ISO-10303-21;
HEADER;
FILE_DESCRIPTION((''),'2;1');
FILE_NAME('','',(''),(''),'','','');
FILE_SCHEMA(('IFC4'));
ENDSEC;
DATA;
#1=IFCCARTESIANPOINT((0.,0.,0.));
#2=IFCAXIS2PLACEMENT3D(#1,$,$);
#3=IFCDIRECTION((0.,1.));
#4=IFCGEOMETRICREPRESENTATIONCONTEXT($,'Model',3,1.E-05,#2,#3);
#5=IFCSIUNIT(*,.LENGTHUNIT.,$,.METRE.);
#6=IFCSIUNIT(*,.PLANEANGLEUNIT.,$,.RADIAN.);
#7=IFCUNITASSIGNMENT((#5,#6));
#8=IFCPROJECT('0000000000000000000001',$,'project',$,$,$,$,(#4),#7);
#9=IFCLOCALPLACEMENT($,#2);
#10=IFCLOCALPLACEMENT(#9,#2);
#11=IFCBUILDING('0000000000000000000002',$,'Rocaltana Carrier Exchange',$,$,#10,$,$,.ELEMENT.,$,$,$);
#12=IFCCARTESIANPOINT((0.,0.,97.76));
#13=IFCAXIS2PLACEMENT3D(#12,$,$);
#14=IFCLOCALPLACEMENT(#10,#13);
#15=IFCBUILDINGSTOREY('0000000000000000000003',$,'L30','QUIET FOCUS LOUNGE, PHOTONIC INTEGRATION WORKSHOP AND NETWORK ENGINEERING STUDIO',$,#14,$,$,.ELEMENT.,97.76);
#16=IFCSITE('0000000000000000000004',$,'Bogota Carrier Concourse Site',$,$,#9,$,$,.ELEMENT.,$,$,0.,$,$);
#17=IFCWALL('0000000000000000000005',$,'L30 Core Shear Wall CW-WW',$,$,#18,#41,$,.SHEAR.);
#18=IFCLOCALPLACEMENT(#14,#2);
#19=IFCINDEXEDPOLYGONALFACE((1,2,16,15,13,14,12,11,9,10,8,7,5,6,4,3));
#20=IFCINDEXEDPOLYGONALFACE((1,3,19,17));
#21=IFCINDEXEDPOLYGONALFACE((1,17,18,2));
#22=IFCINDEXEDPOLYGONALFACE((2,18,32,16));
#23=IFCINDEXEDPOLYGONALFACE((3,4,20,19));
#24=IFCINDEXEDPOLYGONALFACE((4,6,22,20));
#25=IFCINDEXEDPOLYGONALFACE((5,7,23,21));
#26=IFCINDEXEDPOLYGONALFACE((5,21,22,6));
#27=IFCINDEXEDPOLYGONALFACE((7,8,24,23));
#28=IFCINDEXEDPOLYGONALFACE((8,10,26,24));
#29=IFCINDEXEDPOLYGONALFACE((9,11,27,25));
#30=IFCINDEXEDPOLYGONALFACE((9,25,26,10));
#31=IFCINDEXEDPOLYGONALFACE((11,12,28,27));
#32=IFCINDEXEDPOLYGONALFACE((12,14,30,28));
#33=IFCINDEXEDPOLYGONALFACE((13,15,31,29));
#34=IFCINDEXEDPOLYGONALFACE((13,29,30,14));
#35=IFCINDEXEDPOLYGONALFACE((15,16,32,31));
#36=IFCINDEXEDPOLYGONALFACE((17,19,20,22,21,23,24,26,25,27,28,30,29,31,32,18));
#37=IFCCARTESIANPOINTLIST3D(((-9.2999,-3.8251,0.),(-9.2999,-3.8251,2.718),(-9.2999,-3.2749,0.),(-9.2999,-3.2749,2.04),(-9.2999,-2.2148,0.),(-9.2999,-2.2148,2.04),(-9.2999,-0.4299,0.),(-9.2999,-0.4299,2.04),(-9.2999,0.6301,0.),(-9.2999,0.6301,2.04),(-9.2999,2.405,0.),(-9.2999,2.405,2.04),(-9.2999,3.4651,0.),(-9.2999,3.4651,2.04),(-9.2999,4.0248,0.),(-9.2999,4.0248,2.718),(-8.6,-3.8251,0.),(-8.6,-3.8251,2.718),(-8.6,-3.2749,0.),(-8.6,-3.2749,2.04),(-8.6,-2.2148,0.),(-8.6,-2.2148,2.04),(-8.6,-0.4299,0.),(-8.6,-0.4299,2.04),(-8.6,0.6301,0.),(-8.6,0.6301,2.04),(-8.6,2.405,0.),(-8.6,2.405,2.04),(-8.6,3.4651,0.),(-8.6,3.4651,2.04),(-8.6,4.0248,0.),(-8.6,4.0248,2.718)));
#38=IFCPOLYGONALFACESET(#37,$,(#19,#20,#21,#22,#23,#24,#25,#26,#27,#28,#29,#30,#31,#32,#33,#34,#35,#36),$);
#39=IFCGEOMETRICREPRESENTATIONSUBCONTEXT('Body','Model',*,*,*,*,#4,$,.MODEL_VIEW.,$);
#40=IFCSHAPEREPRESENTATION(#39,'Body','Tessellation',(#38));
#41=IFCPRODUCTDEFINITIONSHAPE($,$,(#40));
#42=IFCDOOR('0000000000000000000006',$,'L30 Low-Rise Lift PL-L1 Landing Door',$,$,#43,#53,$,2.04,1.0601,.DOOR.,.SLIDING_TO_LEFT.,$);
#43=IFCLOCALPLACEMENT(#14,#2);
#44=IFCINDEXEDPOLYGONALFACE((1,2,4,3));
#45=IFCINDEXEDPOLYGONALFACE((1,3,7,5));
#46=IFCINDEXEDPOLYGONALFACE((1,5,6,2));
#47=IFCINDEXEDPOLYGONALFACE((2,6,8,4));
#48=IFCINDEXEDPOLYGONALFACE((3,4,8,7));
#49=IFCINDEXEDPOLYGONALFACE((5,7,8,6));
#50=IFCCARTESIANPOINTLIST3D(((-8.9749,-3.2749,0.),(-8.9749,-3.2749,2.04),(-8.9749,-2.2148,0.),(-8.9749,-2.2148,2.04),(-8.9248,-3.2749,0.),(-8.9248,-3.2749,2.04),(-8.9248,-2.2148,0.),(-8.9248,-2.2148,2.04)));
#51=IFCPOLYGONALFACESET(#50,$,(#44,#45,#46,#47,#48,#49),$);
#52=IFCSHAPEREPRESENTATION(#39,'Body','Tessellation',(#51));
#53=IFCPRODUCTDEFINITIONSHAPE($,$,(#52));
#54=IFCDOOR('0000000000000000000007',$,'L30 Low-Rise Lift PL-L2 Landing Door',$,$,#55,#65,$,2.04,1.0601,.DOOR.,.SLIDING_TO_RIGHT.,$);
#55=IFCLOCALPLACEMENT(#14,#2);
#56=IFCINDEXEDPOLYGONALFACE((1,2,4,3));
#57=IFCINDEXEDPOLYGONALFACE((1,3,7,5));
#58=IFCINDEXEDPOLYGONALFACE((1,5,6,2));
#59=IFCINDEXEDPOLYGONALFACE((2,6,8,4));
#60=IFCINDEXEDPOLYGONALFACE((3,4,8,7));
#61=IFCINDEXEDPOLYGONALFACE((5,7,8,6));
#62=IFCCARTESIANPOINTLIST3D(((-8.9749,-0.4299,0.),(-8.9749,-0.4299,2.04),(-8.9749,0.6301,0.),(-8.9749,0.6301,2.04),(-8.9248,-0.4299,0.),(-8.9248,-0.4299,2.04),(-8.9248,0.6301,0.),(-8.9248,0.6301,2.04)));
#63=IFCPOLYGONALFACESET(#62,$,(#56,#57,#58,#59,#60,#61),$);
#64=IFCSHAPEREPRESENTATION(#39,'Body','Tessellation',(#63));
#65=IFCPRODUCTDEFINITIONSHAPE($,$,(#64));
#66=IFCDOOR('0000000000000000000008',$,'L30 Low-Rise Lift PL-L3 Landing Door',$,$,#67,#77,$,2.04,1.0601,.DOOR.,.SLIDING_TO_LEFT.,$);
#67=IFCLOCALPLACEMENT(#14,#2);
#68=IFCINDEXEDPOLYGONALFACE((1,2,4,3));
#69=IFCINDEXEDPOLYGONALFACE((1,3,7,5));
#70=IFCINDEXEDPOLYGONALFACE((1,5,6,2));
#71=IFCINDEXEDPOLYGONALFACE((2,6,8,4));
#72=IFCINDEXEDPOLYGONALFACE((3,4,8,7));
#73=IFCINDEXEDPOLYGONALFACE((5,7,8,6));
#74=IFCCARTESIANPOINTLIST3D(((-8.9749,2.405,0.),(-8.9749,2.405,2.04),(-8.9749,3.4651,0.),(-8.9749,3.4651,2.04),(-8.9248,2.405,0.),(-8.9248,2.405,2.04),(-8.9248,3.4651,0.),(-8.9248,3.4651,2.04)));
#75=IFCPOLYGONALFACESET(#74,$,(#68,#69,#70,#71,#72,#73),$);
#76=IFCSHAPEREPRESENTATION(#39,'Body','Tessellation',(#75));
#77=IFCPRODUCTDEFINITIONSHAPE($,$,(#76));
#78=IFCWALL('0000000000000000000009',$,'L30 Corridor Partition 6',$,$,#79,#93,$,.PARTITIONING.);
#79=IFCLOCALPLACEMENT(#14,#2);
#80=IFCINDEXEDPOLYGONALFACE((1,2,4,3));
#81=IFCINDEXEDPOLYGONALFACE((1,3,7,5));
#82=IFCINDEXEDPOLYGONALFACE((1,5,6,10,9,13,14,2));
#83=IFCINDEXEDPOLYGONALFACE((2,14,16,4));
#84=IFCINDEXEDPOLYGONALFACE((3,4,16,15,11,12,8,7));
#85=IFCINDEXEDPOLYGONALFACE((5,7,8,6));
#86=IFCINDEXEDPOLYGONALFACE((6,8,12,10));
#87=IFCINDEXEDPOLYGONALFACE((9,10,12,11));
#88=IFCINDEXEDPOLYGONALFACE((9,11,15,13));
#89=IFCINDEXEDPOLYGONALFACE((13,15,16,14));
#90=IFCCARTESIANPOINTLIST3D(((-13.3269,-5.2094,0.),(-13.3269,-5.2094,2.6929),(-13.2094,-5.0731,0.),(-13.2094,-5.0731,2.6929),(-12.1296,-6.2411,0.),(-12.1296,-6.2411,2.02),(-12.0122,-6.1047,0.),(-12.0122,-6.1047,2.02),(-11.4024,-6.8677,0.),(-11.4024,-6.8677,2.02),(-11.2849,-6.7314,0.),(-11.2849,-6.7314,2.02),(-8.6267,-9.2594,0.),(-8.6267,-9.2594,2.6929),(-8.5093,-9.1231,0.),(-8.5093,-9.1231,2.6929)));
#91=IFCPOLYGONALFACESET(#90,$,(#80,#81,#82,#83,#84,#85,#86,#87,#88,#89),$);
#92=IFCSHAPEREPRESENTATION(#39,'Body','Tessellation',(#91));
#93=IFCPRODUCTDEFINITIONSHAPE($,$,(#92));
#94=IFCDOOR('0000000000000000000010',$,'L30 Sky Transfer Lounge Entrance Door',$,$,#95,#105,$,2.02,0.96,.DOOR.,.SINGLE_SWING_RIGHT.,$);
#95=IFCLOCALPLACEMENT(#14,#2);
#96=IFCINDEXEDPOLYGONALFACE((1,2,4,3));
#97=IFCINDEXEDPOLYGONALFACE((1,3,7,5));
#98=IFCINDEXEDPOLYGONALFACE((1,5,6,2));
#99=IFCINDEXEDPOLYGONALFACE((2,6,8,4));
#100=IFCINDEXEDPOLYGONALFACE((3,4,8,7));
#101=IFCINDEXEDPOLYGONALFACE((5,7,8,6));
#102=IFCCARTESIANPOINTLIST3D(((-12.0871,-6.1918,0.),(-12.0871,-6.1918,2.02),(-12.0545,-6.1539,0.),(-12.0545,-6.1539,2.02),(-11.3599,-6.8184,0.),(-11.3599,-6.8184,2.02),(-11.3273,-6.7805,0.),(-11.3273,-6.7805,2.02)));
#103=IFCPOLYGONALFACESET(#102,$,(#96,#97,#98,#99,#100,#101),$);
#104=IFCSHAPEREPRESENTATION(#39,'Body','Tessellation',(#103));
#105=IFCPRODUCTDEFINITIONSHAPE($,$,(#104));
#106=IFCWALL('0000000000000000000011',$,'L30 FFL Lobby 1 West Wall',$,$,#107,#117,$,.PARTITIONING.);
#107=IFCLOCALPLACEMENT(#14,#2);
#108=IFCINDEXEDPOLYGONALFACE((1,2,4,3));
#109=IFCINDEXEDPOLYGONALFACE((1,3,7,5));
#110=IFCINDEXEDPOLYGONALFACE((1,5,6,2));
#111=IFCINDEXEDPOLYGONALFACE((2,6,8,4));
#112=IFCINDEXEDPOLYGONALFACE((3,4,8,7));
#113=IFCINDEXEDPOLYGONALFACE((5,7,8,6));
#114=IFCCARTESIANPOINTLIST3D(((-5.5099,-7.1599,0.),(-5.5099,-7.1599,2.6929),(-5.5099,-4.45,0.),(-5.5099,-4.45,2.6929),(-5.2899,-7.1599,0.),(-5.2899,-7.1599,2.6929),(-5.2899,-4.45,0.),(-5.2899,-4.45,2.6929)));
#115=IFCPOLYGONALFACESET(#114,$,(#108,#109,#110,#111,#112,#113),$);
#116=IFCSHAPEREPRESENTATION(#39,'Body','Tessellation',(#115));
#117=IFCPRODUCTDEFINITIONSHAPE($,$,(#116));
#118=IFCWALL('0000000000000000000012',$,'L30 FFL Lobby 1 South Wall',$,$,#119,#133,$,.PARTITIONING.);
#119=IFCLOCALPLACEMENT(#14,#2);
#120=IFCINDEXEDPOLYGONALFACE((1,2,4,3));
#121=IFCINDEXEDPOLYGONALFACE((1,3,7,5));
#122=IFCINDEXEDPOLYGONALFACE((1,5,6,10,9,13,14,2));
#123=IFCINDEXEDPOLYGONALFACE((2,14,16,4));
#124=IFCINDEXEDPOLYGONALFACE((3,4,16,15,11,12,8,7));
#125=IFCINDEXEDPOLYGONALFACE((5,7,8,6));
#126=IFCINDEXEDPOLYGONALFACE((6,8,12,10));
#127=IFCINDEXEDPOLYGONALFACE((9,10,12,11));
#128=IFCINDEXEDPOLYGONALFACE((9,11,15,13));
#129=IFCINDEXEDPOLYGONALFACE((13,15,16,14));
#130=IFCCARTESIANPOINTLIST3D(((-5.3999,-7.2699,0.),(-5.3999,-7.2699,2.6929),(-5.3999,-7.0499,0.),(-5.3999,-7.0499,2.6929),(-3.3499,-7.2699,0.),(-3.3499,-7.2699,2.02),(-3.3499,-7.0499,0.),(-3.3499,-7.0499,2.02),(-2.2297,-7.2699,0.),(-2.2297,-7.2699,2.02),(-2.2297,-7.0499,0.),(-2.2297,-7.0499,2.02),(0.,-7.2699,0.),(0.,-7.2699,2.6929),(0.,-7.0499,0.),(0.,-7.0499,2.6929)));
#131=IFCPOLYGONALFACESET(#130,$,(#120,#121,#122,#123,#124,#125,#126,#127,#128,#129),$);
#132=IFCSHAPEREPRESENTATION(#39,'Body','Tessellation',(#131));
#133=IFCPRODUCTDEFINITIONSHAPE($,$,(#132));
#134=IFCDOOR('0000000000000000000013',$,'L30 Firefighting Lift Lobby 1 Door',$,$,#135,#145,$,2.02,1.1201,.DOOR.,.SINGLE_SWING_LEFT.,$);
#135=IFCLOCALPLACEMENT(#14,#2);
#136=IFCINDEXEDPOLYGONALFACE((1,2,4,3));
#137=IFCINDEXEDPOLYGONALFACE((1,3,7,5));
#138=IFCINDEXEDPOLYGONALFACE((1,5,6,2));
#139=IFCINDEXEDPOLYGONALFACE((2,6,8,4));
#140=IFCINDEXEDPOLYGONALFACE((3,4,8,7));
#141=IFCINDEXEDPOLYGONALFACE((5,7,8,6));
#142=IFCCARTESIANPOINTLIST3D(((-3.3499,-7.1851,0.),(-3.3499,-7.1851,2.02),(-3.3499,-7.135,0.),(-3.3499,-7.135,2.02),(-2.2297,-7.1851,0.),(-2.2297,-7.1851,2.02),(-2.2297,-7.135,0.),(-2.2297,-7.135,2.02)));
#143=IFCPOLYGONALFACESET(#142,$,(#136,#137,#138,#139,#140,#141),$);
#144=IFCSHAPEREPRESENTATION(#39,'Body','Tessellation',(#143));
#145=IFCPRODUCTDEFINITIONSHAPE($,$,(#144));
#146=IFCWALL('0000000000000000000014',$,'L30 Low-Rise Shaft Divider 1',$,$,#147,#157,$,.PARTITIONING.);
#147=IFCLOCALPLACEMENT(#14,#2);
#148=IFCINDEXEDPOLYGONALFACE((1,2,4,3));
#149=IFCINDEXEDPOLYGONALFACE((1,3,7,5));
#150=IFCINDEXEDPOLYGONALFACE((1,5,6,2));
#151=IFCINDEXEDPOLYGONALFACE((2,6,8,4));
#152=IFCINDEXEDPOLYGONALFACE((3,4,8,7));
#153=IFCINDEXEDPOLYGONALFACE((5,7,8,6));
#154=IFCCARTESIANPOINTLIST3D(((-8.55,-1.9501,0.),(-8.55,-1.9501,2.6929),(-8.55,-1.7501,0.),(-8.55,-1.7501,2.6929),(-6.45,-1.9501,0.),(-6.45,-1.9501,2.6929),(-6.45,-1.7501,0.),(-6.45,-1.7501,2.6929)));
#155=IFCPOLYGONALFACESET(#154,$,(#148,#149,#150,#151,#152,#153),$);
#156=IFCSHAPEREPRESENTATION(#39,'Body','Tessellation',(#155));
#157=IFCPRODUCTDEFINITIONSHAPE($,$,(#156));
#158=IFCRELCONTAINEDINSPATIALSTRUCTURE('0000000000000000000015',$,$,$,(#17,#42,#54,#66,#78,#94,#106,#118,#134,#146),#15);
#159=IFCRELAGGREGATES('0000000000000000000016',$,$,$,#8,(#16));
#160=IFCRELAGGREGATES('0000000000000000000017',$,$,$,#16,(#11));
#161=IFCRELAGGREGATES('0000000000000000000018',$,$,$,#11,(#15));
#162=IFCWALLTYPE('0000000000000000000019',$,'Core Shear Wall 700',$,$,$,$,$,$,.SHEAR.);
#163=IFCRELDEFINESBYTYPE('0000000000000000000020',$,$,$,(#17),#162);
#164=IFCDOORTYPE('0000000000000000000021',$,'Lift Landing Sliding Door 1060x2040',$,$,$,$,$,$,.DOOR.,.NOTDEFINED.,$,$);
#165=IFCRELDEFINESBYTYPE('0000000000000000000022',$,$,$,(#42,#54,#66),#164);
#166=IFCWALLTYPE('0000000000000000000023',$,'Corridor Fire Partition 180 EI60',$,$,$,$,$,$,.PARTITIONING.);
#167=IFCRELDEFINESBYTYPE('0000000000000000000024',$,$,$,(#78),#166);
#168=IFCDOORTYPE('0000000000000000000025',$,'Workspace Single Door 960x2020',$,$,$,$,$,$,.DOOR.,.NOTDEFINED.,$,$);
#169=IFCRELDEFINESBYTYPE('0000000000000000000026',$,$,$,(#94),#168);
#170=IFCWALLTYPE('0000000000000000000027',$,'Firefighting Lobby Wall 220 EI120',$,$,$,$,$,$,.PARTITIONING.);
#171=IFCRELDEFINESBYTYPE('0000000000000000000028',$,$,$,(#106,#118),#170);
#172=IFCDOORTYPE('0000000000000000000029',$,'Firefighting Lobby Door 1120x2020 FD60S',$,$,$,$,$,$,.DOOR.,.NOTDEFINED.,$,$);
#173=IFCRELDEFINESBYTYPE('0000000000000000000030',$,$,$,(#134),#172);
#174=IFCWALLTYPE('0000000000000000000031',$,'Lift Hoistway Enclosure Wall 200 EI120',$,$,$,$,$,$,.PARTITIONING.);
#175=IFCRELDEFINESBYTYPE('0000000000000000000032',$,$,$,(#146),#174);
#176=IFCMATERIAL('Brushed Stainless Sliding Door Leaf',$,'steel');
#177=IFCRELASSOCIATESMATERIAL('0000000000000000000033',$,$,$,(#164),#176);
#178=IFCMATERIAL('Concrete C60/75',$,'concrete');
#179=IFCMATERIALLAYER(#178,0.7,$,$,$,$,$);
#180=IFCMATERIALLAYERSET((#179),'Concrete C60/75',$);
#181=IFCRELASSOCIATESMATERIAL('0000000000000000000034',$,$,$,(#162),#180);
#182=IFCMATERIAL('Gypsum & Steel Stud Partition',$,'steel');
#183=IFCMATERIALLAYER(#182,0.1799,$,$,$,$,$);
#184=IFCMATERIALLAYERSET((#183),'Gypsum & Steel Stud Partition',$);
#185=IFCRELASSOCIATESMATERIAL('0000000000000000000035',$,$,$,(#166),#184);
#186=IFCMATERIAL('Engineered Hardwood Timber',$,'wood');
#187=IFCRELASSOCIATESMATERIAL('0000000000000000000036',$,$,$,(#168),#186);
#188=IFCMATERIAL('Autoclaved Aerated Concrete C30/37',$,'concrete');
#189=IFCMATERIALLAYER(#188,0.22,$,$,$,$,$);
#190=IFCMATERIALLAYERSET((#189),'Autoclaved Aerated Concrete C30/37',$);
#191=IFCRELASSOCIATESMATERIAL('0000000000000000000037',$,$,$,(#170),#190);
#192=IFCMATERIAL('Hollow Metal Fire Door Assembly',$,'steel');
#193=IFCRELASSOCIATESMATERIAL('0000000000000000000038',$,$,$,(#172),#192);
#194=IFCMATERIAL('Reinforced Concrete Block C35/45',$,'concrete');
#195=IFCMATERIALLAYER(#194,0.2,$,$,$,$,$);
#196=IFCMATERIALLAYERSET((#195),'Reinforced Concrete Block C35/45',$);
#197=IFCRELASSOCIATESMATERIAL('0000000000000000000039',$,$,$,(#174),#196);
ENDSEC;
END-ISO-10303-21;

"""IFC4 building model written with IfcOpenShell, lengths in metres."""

from ifc_helpers import new_model, si_unit, direction, frame, frame_2d, origin, place, context, subcontext, project, spatial, rectangle, extrude, material, layer, layer_set, type_object, element, fill, save


model = new_model("IFC4")

# Units and contexts
model_context = context("Model", 3, precision=1e-05, world=origin(), true_north=direction((0.0, 1.0)))
body_context = subcontext(model_context, "Body", "Model", "MODEL_VIEW")
ifc_project = project(units=[si_unit("LENGTHUNIT", "METRE"), si_unit("PLANEANGLEUNIT", "RADIAN")], contexts=[model_context])

# Site, building, storey
site_placement = place(None, origin())
site = spatial("IfcSite", under=ifc_project, at=site_placement, Name="Bogota Carrier Concourse Site", CompositionType="ELEMENT", RefElevation=0.0)
building_placement = place(site_placement, origin())
building = spatial("IfcBuilding", under=site, at=building_placement, Name="Rocaltana Carrier Exchange", CompositionType="ELEMENT")
storey_placement = place(building_placement, frame((0.0, 0.0, 97.76)))
storey = spatial("IfcBuildingStorey", under=building, at=storey_placement, Name="L30", Description="QUIET FOCUS LOUNGE, PHOTONIC INTEGRATION WORKSHOP AND NETWORK ENGINEERING STUDIO", CompositionType="ELEMENT", Elevation=97.76)

# Shared definitions
ifc_material_1 = material(Name="Brushed Stainless Sliding Door Leaf", Category="steel")
door_type_1 = type_object("IfcDoorType", Name="Lift Landing Sliding Door 1060x2040", OperationType="NOTDEFINED", PredefinedType="DOOR", material=ifc_material_1)

# Shared definitions
ifc_material_2 = material(Name="Concrete C60/75", Category="concrete")
ifc_layer_1 = layer(ifc_material_2, 0.7)
ifc_layer_set_1 = layer_set([ifc_layer_1], Name="Concrete C60/75")
wall_type_1 = type_object("IfcWallType", Name="Core Shear Wall 700", PredefinedType="SHEAR", material=ifc_layer_set_1)

# Wall, openings, doors
wall_1_placement = place(storey_placement, frame((-8.95, -3.825, 0.0), z_axis=(0.0, 0.0, 1.0), x_axis=(0.0, 1.0, 0.0)))
wall_1 = element("IfcWall", 1, at=wall_1_placement, inside=storey, type_object=wall_type_1, Name="L30 Core Shear Wall CW-WW", PredefinedType="SHEAR", context=body_context, shape_type="SweptSolid", body=[
    extrude(rectangle(XDim=7.8499, YDim=0.7, at=frame_2d((3.9248, 0.0))), origin(), (0.0, 0.0, 1.0), 2.718),
])
opening_1_placement = place(wall_1_placement, frame((0.55, 0.0, 0.0)))
opening_1 = element("IfcOpeningElement", 2, at=opening_1_placement, cuts=wall_1, PredefinedType="OPENING", context=body_context, shape_type="SweptSolid", body=[
    extrude(rectangle(XDim=1.0601, YDim=2.04, at=frame_2d((0.53, 1.02))), frame((0.0, 0.3599, 0.0), z_axis=(0.0, -1.0, 0.0), x_axis=(1.0, 0.0, 0.0)), (0.0, 0.0, 1.0), 0.72),
])
opening_2_placement = place(wall_1_placement, frame((3.395, 0.0, 0.0)))
opening_2 = element("IfcOpeningElement", 3, at=opening_2_placement, cuts=wall_1, PredefinedType="OPENING", context=body_context, shape_type="SweptSolid", body=[
    extrude(rectangle(XDim=1.0601, YDim=2.04, at=frame_2d((0.53, 1.02))), frame((0.0, 0.3599, 0.0), z_axis=(0.0, -1.0, 0.0), x_axis=(1.0, 0.0, 0.0)), (0.0, 0.0, 1.0), 0.72),
])
opening_3_placement = place(wall_1_placement, frame((6.23, 0.0, 0.0)))
opening_3 = element("IfcOpeningElement", 4, at=opening_3_placement, cuts=wall_1, PredefinedType="OPENING", context=body_context, shape_type="SweptSolid", body=[
    extrude(rectangle(XDim=1.0601, YDim=2.04, at=frame_2d((0.53, 1.02))), frame((0.0, 0.3599, 0.0), z_axis=(0.0, -1.0, 0.0), x_axis=(1.0, 0.0, 0.0)), (0.0, 0.0, 1.0), 0.72),
])
door_1_placement = place(opening_1_placement, origin())
door_1 = element("IfcDoor", 5, at=door_1_placement, inside=storey, type_object=door_type_1, Name="L30 Low-Rise Lift PL-L1 Landing Door", OperationType="SLIDING_TO_LEFT", OverallHeight=2.04, OverallWidth=1.0601, PredefinedType="DOOR", context=body_context, shape_type="SweptSolid", body=[
    extrude(rectangle(XDim=1.0601, YDim=2.04, at=frame_2d((0.53, 1.02))), frame((0.0, 0.0249, 0.0), z_axis=(0.0, -1.0, 0.0), x_axis=(1.0, 0.0, 0.0)), (0.0, 0.0, 1.0), 0.05),
])
fill(opening_1, door_1)
door_2_placement = place(opening_2_placement, origin())
door_2 = element("IfcDoor", 6, at=door_2_placement, inside=storey, type_object=door_type_1, Name="L30 Low-Rise Lift PL-L2 Landing Door", OperationType="SLIDING_TO_RIGHT", OverallHeight=2.04, OverallWidth=1.0601, PredefinedType="DOOR", context=body_context, shape_type="SweptSolid", body=[
    extrude(rectangle(XDim=1.0601, YDim=2.04, at=frame_2d((0.53, 1.02))), frame((0.0, 0.0249, 0.0), z_axis=(0.0, -1.0, 0.0), x_axis=(1.0, 0.0, 0.0)), (0.0, 0.0, 1.0), 0.05),
])
fill(opening_2, door_2)
door_3_placement = place(opening_3_placement, origin())
door_3 = element("IfcDoor", 7, at=door_3_placement, inside=storey, type_object=door_type_1, Name="L30 Low-Rise Lift PL-L3 Landing Door", OperationType="SLIDING_TO_LEFT", OverallHeight=2.04, OverallWidth=1.0601, PredefinedType="DOOR", context=body_context, shape_type="SweptSolid", body=[
    extrude(rectangle(XDim=1.0601, YDim=2.04, at=frame_2d((0.53, 1.02))), frame((0.0, 0.0249, 0.0), z_axis=(0.0, -1.0, 0.0), x_axis=(1.0, 0.0, 0.0)), (0.0, 0.0, 1.0), 0.05),
])
fill(opening_3, door_3)

# Wall, opening, door
ifc_material_3 = material(Name="Gypsum & Steel Stud Partition", Category="steel")
ifc_layer_2 = layer(ifc_material_3, 0.1799)
ifc_layer_set_2 = layer_set([ifc_layer_2], Name="Gypsum & Steel Stud Partition")
wall_type_2 = type_object("IfcWallType", Name="Corridor Fire Partition 180 EI60", PredefinedType="PARTITIONING", material=ifc_layer_set_2)
wall_2_placement = place(storey_placement, frame((-8.5681, -9.1912, 0.0), z_axis=(0.0, 0.0, 1.0), x_axis=(-0.757557, 0.652769, 0.0)))
wall_2 = element("IfcWall", 8, at=wall_2_placement, inside=storey, type_object=wall_type_2, Name="L30 Corridor Partition 6", PredefinedType="PARTITIONING", context=body_context, shape_type="SweptSolid", body=[
    extrude(rectangle(XDim=6.2043, YDim=0.1799, at=frame_2d((3.1021, 0.0))), origin(), (0.0, 0.0, 1.0), 2.6929),
])
opening_4_placement = place(wall_2_placement, frame((3.6638, 0.0, 0.0)))
opening_4 = element("IfcOpeningElement", 9, at=opening_4_placement, cuts=wall_2, PredefinedType="OPENING", context=body_context, shape_type="SweptSolid", body=[
    extrude(rectangle(XDim=0.96, YDim=2.02, at=frame_2d((0.48, 1.01))), frame((0.0, 0.0999, 0.0), z_axis=(0.0, -1.0, 0.0), x_axis=(1.0, 0.0, 0.0)), (0.0, 0.0, 1.0), 0.2),
])
ifc_material_4 = material(Name="Engineered Hardwood Timber", Category="wood")
door_type_2 = type_object("IfcDoorType", Name="Workspace Single Door 960x2020", OperationType="NOTDEFINED", PredefinedType="DOOR", material=ifc_material_4)
door_4_placement = place(opening_4_placement, origin())
door_4 = element("IfcDoor", 10, at=door_4_placement, inside=storey, type_object=door_type_2, Name="L30 Sky Transfer Lounge Entrance Door", OperationType="SINGLE_SWING_RIGHT", OverallHeight=2.02, OverallWidth=0.96, PredefinedType="DOOR", context=body_context, shape_type="SweptSolid", body=[
    extrude(rectangle(XDim=0.96, YDim=2.02, at=frame_2d((0.48, 1.01))), frame((0.0, 0.0249, 0.0), z_axis=(0.0, -1.0, 0.0), x_axis=(1.0, 0.0, 0.0)), (0.0, 0.0, 1.0), 0.05),
])
fill(opening_4, door_4)

# Wall
ifc_material_5 = material(Name="Autoclaved Aerated Concrete C30/37", Category="concrete")
ifc_layer_3 = layer(ifc_material_5, 0.22)
ifc_layer_set_3 = layer_set([ifc_layer_3], Name="Autoclaved Aerated Concrete C30/37")
wall_type_3 = type_object("IfcWallType", Name="Firefighting Lobby Wall 220 EI120", PredefinedType="PARTITIONING", material=ifc_layer_set_3)
wall_3_placement = place(storey_placement, frame((-5.3999, -7.1599, 0.0), z_axis=(0.0, 0.0, 1.0), x_axis=(0.0, 1.0, 0.0)))
element("IfcWall", 11, at=wall_3_placement, inside=storey, type_object=wall_type_3, Name="L30 FFL Lobby 1 West Wall", PredefinedType="PARTITIONING", context=body_context, shape_type="SweptSolid", body=[
    extrude(rectangle(XDim=2.71, YDim=0.22, at=frame_2d((1.355, 0.0))), origin(), (0.0, 0.0, 1.0), 2.6929),
])

# Wall, opening, door
wall_4_placement = place(storey_placement, frame((-5.3999, -7.1599, 0.0), z_axis=(0.0, 0.0, 1.0), x_axis=(1.0, 0.0, 0.0)))
wall_4 = element("IfcWall", 12, at=wall_4_placement, inside=storey, type_object=wall_type_3, Name="L30 FFL Lobby 1 South Wall", PredefinedType="PARTITIONING", context=body_context, shape_type="SweptSolid", body=[
    extrude(rectangle(XDim=5.3999, YDim=0.22, at=frame_2d((2.7, 0.0))), origin(), (0.0, 0.0, 1.0), 2.6929),
])
opening_5_placement = place(wall_4_placement, frame((2.05, 0.0, 0.0)))
opening_5 = element("IfcOpeningElement", 13, at=opening_5_placement, cuts=wall_4, PredefinedType="OPENING", context=body_context, shape_type="SweptSolid", body=[
    extrude(rectangle(XDim=1.1201, YDim=2.02, at=frame_2d((0.5601, 1.01))), frame((0.0, 0.1199, 0.0), z_axis=(0.0, -1.0, 0.0), x_axis=(1.0, 0.0, 0.0)), (0.0, 0.0, 1.0), 0.24),
])
ifc_material_6 = material(Name="Hollow Metal Fire Door Assembly", Category="steel")
door_type_3 = type_object("IfcDoorType", Name="Firefighting Lobby Door 1120x2020 FD60S", OperationType="NOTDEFINED", PredefinedType="DOOR", material=ifc_material_6)
door_5_placement = place(opening_5_placement, origin())
door_5 = element("IfcDoor", 14, at=door_5_placement, inside=storey, type_object=door_type_3, Name="L30 Firefighting Lift Lobby 1 Door", OperationType="SINGLE_SWING_LEFT", OverallHeight=2.02, OverallWidth=1.1201, PredefinedType="DOOR", context=body_context, shape_type="SweptSolid", body=[
    extrude(rectangle(XDim=1.1201, YDim=2.02, at=frame_2d((0.5601, 1.01))), frame((0.0, 0.0249, 0.0), z_axis=(0.0, -1.0, 0.0), x_axis=(1.0, 0.0, 0.0)), (0.0, 0.0, 1.0), 0.05),
])
fill(opening_5, door_5)

# Wall
ifc_material_7 = material(Name="Reinforced Concrete Block C35/45", Category="concrete")
ifc_layer_4 = layer(ifc_material_7, 0.2)
ifc_layer_set_4 = layer_set([ifc_layer_4], Name="Reinforced Concrete Block C35/45")
wall_type_4 = type_object("IfcWallType", Name="Lift Hoistway Enclosure Wall 200 EI120", PredefinedType="PARTITIONING", material=ifc_layer_set_4)
wall_5_placement = place(storey_placement, frame((-8.55, -1.8501, 0.0), z_axis=(0.0, 0.0, 1.0), x_axis=(1.0, 0.0, 0.0)))
element("IfcWall", 15, at=wall_5_placement, inside=storey, type_object=wall_type_4, Name="L30 Low-Rise Shaft Divider 1", PredefinedType="PARTITIONING", context=body_context, shape_type="SweptSolid", body=[
    extrude(rectangle(XDim=2.1001, YDim=0.2, at=frame_2d((1.05, 0.0))), origin(), (0.0, 0.0, 1.0), 2.6929),
])

save(model, "model.ifc")
